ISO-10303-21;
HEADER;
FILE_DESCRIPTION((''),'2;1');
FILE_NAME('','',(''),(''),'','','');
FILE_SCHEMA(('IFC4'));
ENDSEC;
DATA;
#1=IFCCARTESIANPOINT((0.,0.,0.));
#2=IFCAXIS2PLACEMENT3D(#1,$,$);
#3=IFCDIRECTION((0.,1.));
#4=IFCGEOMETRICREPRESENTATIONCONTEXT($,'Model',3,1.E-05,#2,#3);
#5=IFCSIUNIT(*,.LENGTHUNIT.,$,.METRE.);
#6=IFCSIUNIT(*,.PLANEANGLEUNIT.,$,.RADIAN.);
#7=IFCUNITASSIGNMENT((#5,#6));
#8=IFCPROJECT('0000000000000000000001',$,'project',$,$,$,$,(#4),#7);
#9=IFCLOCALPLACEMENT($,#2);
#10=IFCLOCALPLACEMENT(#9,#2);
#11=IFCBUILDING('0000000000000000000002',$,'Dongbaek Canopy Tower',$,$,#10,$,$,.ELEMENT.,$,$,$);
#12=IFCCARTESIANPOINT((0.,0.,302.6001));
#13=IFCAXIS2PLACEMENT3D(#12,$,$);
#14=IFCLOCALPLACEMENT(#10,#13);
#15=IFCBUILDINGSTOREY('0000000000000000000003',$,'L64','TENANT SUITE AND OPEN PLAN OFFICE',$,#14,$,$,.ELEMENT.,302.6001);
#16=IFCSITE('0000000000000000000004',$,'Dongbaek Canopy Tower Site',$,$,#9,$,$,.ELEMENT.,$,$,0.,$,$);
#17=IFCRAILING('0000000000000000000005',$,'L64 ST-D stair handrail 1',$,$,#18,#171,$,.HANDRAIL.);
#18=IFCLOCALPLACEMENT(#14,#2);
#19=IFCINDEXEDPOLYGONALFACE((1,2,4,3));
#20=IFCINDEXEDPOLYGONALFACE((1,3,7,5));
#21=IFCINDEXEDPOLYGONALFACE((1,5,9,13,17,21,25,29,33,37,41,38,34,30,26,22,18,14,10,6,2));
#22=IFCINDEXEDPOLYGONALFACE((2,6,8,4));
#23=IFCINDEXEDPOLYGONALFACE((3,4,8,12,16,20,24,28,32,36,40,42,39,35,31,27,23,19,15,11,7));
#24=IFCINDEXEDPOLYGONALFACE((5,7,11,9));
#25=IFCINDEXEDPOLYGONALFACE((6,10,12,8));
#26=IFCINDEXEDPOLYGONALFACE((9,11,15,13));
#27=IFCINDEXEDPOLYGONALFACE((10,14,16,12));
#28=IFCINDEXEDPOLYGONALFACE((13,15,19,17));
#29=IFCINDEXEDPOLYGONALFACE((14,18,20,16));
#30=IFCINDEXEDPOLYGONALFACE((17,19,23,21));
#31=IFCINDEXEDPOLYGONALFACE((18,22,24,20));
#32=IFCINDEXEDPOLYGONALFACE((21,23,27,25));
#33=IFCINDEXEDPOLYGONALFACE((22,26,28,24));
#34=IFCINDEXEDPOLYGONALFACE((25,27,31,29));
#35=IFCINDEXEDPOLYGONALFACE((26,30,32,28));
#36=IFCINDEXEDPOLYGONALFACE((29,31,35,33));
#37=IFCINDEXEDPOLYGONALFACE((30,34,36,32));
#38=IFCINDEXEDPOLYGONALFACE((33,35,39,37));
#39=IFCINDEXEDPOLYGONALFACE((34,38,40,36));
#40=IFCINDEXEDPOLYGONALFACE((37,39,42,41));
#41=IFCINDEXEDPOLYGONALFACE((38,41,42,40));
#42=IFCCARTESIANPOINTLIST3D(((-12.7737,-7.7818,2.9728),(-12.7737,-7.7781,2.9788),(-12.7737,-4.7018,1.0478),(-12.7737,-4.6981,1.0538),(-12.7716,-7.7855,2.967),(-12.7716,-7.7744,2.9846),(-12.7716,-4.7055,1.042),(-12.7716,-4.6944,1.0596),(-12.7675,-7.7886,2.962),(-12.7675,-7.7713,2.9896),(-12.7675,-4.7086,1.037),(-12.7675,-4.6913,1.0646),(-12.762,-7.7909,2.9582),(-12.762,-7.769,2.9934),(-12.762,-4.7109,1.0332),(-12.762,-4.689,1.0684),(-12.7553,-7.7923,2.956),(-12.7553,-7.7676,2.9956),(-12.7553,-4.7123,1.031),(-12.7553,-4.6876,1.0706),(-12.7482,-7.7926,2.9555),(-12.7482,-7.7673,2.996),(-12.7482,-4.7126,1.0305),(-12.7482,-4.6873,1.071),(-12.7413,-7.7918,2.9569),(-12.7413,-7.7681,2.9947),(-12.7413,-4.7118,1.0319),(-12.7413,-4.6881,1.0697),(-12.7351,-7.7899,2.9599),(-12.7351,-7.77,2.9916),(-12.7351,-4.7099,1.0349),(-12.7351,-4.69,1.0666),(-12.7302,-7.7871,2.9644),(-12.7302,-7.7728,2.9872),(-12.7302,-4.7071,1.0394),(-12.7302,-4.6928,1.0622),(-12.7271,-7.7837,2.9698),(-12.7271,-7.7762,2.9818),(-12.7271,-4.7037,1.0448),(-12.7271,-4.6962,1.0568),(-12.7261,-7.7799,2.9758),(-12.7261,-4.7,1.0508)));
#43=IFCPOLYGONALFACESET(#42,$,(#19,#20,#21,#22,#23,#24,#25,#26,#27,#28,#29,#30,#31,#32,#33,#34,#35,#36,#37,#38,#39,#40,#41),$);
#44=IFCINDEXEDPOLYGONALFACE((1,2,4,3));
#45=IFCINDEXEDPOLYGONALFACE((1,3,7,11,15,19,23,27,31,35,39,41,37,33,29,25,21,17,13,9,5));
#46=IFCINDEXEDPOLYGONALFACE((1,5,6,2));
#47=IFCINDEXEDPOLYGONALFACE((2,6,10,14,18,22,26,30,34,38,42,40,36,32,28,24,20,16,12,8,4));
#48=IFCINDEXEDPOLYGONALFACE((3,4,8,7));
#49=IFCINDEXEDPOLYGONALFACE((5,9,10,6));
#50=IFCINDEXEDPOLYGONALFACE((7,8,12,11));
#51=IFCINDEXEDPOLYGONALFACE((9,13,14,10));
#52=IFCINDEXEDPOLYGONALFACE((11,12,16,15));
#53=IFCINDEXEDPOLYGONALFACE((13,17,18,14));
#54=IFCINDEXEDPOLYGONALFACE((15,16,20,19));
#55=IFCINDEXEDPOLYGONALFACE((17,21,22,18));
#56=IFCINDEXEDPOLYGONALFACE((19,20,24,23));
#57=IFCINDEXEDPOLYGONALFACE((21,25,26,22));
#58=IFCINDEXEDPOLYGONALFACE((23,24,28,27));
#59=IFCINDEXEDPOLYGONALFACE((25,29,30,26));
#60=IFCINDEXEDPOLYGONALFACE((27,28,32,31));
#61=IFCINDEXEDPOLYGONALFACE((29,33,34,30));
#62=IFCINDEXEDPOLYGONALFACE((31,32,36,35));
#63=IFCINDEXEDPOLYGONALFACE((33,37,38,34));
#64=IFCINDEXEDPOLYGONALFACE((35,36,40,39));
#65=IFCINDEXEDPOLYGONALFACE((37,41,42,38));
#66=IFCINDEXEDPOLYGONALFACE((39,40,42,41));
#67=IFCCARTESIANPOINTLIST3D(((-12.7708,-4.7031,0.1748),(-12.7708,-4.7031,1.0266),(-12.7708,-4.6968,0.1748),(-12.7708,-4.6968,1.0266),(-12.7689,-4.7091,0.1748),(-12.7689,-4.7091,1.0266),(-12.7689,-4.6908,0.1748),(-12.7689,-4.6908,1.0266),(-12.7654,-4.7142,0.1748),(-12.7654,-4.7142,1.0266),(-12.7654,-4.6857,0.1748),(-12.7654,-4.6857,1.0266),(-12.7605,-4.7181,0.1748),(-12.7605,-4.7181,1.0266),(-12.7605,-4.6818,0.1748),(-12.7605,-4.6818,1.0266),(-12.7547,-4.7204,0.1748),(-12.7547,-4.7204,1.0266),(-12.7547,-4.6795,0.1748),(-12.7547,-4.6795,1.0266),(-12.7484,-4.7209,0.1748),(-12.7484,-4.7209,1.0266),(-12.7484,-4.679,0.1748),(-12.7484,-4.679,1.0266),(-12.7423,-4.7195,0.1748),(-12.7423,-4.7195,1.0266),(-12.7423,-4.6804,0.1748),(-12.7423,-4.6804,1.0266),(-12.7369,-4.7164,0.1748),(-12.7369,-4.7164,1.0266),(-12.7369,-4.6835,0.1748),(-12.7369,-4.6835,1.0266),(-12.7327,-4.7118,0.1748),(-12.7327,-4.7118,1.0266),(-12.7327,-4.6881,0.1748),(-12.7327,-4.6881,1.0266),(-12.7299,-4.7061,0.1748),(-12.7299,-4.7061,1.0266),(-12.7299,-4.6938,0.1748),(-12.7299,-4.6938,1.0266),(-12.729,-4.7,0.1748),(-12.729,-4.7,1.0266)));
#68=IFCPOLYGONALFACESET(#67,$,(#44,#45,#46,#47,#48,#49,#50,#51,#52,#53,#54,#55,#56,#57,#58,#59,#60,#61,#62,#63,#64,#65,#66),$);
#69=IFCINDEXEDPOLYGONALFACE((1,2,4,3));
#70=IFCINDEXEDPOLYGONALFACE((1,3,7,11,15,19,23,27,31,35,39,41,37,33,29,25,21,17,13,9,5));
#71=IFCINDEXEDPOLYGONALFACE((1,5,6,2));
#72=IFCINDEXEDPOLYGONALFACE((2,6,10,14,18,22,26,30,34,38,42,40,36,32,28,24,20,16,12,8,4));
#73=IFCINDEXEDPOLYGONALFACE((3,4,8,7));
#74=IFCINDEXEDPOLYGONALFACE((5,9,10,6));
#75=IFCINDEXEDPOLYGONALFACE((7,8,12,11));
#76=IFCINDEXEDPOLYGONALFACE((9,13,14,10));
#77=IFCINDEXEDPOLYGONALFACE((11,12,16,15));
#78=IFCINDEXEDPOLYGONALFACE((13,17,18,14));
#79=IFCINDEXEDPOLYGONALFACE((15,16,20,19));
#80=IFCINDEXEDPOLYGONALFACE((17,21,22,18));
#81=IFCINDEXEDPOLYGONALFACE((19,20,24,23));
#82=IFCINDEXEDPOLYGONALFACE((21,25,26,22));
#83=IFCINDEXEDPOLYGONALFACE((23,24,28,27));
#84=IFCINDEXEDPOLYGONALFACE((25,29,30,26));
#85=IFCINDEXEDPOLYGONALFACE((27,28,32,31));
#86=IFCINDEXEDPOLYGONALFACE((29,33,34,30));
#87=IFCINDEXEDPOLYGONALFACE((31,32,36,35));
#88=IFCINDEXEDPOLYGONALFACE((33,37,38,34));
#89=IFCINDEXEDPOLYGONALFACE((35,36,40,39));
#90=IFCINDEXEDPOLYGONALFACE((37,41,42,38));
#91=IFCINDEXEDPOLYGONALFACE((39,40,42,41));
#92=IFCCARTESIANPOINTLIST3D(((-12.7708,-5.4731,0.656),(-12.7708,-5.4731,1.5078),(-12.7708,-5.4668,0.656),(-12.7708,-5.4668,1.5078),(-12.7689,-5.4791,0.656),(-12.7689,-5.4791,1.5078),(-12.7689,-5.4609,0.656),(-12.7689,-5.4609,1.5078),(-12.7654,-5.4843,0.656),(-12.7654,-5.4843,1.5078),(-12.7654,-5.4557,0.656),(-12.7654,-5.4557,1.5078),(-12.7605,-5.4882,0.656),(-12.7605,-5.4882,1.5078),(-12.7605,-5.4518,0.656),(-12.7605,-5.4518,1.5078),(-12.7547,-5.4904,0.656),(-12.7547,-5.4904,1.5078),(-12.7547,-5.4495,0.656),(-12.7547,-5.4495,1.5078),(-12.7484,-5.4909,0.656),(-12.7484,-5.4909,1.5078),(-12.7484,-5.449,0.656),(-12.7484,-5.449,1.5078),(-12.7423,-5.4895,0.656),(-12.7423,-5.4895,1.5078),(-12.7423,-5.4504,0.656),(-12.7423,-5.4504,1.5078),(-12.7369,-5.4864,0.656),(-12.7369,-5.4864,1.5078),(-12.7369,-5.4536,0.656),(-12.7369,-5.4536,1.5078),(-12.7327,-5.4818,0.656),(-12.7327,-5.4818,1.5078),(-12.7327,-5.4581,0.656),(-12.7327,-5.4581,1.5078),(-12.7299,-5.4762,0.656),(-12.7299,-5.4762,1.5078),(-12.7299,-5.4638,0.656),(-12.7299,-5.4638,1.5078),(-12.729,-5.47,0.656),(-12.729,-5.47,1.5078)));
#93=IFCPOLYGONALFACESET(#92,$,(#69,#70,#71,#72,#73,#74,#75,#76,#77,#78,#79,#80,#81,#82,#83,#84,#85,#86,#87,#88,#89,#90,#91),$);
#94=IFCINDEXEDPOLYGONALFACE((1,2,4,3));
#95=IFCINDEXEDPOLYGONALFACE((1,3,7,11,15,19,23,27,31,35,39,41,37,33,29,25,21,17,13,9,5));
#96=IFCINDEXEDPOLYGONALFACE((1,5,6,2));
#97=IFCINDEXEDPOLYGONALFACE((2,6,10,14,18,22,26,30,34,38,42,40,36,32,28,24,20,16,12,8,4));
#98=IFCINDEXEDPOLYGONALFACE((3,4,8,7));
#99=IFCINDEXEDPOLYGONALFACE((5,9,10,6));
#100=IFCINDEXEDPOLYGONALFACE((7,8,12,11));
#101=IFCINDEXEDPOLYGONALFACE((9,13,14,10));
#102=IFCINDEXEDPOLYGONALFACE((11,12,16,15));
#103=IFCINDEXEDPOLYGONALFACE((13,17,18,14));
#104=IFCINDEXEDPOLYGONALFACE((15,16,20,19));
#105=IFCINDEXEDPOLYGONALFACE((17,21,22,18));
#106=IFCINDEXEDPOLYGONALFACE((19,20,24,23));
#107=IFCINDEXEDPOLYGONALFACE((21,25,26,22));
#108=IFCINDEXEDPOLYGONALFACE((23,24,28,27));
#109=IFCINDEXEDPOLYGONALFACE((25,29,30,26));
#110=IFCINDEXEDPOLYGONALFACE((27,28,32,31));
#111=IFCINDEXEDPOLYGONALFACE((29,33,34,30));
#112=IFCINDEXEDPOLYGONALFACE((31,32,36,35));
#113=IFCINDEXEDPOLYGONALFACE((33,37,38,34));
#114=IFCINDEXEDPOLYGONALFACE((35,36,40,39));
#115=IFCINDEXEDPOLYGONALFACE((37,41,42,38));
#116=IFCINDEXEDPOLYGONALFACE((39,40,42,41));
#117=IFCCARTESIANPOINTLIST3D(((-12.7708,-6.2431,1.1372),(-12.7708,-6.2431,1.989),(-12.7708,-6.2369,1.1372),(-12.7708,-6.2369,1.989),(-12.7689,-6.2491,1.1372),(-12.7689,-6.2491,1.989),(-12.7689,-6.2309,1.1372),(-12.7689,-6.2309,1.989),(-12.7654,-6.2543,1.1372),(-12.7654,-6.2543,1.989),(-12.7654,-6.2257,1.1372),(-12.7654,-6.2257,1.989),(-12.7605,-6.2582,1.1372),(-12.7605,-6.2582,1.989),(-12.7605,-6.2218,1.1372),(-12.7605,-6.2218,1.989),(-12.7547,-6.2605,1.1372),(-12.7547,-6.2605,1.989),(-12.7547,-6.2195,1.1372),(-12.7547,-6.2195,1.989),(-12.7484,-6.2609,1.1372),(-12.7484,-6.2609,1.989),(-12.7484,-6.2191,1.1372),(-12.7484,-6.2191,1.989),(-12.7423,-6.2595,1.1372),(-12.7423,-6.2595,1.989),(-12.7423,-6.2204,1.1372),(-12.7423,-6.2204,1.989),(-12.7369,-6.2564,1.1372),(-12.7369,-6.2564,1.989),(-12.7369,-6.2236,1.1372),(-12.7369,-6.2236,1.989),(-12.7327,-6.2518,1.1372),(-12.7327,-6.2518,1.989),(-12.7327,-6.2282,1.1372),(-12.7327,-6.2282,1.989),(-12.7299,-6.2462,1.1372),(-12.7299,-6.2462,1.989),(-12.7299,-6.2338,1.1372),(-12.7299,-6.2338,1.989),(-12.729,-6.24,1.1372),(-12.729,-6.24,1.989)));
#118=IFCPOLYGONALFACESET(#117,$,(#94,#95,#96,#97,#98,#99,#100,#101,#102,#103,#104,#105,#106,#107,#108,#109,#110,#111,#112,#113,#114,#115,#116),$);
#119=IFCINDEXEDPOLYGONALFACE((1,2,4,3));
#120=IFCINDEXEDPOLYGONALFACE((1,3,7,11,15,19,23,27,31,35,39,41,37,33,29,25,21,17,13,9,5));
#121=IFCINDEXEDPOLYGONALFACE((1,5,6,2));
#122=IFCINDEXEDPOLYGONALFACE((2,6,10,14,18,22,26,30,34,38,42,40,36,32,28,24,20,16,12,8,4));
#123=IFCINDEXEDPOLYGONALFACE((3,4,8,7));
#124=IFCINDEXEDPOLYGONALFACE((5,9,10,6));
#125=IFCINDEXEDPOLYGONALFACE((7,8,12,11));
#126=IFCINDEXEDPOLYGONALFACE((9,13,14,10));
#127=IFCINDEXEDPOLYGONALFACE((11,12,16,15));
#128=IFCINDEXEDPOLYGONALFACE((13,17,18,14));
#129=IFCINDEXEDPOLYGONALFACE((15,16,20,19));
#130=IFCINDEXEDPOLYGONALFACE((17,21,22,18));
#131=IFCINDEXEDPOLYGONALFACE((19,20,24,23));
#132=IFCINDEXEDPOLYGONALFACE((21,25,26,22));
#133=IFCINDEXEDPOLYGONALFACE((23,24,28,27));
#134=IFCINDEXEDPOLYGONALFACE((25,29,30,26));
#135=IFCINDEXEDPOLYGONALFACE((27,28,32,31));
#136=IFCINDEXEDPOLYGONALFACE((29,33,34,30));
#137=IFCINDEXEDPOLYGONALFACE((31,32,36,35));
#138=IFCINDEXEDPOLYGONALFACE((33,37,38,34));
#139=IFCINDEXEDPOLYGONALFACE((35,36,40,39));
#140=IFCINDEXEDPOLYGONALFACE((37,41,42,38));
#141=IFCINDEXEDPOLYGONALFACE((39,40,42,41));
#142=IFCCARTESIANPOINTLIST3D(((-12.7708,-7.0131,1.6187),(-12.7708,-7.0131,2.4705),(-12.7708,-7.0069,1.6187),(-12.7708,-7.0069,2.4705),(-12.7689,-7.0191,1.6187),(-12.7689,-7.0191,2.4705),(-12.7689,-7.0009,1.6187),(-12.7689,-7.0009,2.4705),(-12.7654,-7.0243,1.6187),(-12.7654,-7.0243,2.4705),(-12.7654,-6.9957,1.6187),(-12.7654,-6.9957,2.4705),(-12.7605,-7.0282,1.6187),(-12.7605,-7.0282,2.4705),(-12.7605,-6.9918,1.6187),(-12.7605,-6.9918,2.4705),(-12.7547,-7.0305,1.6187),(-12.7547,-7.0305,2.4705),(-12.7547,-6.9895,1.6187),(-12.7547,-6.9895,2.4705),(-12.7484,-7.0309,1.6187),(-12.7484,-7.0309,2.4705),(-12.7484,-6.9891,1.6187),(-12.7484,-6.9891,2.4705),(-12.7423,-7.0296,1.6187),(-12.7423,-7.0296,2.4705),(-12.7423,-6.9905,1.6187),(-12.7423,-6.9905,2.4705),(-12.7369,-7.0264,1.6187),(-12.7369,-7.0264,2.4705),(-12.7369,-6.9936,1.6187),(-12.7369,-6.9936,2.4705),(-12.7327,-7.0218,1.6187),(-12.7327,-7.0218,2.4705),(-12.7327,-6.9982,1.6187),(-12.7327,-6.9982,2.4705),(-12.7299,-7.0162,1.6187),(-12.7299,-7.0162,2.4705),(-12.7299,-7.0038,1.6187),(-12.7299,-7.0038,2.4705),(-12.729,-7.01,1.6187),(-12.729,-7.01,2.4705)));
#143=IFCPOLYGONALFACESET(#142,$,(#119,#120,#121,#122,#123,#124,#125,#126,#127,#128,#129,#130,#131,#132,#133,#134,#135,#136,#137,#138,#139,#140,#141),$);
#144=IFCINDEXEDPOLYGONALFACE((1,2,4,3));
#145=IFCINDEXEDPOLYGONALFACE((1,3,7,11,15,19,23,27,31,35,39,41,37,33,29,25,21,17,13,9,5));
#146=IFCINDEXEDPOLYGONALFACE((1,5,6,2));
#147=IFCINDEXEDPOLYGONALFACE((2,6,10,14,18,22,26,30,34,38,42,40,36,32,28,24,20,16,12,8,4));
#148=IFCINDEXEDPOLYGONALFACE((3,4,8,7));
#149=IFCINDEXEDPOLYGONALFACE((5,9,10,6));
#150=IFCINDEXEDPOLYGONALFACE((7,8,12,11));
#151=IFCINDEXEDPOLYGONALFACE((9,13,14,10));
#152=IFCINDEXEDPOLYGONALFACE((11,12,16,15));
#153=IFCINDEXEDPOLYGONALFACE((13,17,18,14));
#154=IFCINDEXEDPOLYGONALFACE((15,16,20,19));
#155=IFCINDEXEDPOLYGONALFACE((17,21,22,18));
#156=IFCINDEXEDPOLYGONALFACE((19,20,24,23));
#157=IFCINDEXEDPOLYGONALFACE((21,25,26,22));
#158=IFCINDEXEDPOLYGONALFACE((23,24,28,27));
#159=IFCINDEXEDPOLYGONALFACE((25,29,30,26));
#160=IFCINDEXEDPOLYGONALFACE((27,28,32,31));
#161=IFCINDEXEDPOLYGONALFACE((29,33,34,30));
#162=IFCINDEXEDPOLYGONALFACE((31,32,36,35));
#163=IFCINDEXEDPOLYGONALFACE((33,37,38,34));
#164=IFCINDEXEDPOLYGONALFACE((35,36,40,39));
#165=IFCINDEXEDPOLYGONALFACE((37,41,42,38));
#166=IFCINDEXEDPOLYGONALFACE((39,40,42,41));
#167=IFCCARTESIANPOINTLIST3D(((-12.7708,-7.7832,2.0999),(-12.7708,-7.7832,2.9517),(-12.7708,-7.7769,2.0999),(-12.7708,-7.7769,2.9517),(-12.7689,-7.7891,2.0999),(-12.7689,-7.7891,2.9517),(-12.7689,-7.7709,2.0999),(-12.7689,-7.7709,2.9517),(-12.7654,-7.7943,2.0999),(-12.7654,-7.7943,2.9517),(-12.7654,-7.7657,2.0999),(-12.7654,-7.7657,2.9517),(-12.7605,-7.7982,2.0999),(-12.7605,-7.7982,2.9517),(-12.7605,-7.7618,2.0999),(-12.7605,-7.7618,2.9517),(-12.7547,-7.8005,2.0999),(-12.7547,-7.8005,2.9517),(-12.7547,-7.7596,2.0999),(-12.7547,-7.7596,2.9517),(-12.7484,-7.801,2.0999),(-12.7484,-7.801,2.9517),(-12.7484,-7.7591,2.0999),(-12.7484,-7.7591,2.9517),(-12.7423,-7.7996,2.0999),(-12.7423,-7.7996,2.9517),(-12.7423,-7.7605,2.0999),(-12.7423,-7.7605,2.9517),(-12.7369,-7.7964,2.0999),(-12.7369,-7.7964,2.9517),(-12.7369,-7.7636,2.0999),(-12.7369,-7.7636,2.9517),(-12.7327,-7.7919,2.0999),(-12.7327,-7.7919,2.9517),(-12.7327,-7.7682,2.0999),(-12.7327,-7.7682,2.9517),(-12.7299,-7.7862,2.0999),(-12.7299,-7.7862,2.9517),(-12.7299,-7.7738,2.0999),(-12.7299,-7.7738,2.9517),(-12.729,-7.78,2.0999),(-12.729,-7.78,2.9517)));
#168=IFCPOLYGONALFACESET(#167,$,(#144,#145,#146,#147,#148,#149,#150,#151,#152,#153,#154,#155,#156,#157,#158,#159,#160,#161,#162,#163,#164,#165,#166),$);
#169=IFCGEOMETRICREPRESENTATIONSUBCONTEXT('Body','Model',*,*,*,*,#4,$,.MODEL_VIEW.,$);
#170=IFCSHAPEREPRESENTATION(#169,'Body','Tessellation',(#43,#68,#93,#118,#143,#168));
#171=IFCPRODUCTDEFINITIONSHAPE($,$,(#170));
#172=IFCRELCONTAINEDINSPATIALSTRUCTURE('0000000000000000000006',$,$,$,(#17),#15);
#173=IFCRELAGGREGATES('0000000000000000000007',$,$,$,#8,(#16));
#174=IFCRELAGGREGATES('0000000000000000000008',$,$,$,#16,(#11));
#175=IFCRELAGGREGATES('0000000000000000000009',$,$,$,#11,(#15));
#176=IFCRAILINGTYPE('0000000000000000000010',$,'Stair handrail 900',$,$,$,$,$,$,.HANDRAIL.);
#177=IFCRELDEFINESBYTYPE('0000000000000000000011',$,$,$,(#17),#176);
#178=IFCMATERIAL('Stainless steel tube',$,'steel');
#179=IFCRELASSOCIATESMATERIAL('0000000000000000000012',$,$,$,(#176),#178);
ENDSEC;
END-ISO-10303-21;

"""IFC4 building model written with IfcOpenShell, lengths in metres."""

from ifc_helpers import new_model, si_unit, direction, frame, origin, origin_2d, place, context, subcontext, project, spatial, circle, extrude, material, type_object, element, save


model = new_model("IFC4")

# Units and contexts
model_context = context("Model", 3, precision=1e-05, world=origin(), true_north=direction((0.0, 1.0)))
body_context = subcontext(model_context, "Body", "Model", "MODEL_VIEW")
ifc_project = project(units=[si_unit("LENGTHUNIT", "METRE"), si_unit("PLANEANGLEUNIT", "RADIAN")], contexts=[model_context])

# Site, building, storey
site_placement = place(None, origin())
site = spatial("IfcSite", under=ifc_project, at=site_placement, Name="Dongbaek Canopy Tower Site", CompositionType="ELEMENT", RefElevation=0.0)
building_placement = place(site_placement, origin())
building = spatial("IfcBuilding", under=site, at=building_placement, Name="Dongbaek Canopy Tower", CompositionType="ELEMENT")
storey_placement = place(building_placement, frame((0.0, 0.0, 302.6001)))
storey = spatial("IfcBuildingStorey", under=building, at=storey_placement, Name="L64", Description="TENANT SUITE AND OPEN PLAN OFFICE", CompositionType="ELEMENT", Elevation=302.6001)

# Railing
ifc_material_1 = material(Name="Stainless steel tube", Category="steel")
railing_type_1 = type_object("IfcRailingType", Name="Stair handrail 900", PredefinedType="HANDRAIL", material=ifc_material_1)
railing_1_placement = place(storey_placement, frame((-12.75, -4.7, 0.1748)))
element("IfcRailing", 1, at=railing_1_placement, inside=storey, type_object=railing_type_1, Name="L64 ST-D stair handrail 1", PredefinedType="HANDRAIL", context=body_context, shape_type="SweptSolid", body=[
    extrude(circle(Radius=0.0239, at=origin_2d()), frame((0.0, 0.0, 0.876), z_axis=(0.0, -0.847998, 0.529999), x_axis=(1.0, 0.0, 0.0)), (0.0, 0.0, 1.0), 3.6321),
    extrude(circle(Radius=0.021, at=origin_2d()), origin(), (0.0, 0.0, 1.0), 0.8518),
    extrude(circle(Radius=0.021, at=origin_2d()), frame((0.0, -0.77, 0.4812)), (0.0, 0.0, 1.0), 0.8518),
    extrude(circle(Radius=0.021, at=origin_2d()), frame((0.0, -1.54, 0.9624)), (0.0, 0.0, 1.0), 0.8518),
    extrude(circle(Radius=0.021, at=origin_2d()), frame((0.0, -2.3101, 1.4438)), (0.0, 0.0, 1.0), 0.8518),
    extrude(circle(Radius=0.021, at=origin_2d()), frame((0.0, -3.0801, 1.925)), (0.0, 0.0, 1.0), 0.8518),
])

save(model, "model.ifc")
